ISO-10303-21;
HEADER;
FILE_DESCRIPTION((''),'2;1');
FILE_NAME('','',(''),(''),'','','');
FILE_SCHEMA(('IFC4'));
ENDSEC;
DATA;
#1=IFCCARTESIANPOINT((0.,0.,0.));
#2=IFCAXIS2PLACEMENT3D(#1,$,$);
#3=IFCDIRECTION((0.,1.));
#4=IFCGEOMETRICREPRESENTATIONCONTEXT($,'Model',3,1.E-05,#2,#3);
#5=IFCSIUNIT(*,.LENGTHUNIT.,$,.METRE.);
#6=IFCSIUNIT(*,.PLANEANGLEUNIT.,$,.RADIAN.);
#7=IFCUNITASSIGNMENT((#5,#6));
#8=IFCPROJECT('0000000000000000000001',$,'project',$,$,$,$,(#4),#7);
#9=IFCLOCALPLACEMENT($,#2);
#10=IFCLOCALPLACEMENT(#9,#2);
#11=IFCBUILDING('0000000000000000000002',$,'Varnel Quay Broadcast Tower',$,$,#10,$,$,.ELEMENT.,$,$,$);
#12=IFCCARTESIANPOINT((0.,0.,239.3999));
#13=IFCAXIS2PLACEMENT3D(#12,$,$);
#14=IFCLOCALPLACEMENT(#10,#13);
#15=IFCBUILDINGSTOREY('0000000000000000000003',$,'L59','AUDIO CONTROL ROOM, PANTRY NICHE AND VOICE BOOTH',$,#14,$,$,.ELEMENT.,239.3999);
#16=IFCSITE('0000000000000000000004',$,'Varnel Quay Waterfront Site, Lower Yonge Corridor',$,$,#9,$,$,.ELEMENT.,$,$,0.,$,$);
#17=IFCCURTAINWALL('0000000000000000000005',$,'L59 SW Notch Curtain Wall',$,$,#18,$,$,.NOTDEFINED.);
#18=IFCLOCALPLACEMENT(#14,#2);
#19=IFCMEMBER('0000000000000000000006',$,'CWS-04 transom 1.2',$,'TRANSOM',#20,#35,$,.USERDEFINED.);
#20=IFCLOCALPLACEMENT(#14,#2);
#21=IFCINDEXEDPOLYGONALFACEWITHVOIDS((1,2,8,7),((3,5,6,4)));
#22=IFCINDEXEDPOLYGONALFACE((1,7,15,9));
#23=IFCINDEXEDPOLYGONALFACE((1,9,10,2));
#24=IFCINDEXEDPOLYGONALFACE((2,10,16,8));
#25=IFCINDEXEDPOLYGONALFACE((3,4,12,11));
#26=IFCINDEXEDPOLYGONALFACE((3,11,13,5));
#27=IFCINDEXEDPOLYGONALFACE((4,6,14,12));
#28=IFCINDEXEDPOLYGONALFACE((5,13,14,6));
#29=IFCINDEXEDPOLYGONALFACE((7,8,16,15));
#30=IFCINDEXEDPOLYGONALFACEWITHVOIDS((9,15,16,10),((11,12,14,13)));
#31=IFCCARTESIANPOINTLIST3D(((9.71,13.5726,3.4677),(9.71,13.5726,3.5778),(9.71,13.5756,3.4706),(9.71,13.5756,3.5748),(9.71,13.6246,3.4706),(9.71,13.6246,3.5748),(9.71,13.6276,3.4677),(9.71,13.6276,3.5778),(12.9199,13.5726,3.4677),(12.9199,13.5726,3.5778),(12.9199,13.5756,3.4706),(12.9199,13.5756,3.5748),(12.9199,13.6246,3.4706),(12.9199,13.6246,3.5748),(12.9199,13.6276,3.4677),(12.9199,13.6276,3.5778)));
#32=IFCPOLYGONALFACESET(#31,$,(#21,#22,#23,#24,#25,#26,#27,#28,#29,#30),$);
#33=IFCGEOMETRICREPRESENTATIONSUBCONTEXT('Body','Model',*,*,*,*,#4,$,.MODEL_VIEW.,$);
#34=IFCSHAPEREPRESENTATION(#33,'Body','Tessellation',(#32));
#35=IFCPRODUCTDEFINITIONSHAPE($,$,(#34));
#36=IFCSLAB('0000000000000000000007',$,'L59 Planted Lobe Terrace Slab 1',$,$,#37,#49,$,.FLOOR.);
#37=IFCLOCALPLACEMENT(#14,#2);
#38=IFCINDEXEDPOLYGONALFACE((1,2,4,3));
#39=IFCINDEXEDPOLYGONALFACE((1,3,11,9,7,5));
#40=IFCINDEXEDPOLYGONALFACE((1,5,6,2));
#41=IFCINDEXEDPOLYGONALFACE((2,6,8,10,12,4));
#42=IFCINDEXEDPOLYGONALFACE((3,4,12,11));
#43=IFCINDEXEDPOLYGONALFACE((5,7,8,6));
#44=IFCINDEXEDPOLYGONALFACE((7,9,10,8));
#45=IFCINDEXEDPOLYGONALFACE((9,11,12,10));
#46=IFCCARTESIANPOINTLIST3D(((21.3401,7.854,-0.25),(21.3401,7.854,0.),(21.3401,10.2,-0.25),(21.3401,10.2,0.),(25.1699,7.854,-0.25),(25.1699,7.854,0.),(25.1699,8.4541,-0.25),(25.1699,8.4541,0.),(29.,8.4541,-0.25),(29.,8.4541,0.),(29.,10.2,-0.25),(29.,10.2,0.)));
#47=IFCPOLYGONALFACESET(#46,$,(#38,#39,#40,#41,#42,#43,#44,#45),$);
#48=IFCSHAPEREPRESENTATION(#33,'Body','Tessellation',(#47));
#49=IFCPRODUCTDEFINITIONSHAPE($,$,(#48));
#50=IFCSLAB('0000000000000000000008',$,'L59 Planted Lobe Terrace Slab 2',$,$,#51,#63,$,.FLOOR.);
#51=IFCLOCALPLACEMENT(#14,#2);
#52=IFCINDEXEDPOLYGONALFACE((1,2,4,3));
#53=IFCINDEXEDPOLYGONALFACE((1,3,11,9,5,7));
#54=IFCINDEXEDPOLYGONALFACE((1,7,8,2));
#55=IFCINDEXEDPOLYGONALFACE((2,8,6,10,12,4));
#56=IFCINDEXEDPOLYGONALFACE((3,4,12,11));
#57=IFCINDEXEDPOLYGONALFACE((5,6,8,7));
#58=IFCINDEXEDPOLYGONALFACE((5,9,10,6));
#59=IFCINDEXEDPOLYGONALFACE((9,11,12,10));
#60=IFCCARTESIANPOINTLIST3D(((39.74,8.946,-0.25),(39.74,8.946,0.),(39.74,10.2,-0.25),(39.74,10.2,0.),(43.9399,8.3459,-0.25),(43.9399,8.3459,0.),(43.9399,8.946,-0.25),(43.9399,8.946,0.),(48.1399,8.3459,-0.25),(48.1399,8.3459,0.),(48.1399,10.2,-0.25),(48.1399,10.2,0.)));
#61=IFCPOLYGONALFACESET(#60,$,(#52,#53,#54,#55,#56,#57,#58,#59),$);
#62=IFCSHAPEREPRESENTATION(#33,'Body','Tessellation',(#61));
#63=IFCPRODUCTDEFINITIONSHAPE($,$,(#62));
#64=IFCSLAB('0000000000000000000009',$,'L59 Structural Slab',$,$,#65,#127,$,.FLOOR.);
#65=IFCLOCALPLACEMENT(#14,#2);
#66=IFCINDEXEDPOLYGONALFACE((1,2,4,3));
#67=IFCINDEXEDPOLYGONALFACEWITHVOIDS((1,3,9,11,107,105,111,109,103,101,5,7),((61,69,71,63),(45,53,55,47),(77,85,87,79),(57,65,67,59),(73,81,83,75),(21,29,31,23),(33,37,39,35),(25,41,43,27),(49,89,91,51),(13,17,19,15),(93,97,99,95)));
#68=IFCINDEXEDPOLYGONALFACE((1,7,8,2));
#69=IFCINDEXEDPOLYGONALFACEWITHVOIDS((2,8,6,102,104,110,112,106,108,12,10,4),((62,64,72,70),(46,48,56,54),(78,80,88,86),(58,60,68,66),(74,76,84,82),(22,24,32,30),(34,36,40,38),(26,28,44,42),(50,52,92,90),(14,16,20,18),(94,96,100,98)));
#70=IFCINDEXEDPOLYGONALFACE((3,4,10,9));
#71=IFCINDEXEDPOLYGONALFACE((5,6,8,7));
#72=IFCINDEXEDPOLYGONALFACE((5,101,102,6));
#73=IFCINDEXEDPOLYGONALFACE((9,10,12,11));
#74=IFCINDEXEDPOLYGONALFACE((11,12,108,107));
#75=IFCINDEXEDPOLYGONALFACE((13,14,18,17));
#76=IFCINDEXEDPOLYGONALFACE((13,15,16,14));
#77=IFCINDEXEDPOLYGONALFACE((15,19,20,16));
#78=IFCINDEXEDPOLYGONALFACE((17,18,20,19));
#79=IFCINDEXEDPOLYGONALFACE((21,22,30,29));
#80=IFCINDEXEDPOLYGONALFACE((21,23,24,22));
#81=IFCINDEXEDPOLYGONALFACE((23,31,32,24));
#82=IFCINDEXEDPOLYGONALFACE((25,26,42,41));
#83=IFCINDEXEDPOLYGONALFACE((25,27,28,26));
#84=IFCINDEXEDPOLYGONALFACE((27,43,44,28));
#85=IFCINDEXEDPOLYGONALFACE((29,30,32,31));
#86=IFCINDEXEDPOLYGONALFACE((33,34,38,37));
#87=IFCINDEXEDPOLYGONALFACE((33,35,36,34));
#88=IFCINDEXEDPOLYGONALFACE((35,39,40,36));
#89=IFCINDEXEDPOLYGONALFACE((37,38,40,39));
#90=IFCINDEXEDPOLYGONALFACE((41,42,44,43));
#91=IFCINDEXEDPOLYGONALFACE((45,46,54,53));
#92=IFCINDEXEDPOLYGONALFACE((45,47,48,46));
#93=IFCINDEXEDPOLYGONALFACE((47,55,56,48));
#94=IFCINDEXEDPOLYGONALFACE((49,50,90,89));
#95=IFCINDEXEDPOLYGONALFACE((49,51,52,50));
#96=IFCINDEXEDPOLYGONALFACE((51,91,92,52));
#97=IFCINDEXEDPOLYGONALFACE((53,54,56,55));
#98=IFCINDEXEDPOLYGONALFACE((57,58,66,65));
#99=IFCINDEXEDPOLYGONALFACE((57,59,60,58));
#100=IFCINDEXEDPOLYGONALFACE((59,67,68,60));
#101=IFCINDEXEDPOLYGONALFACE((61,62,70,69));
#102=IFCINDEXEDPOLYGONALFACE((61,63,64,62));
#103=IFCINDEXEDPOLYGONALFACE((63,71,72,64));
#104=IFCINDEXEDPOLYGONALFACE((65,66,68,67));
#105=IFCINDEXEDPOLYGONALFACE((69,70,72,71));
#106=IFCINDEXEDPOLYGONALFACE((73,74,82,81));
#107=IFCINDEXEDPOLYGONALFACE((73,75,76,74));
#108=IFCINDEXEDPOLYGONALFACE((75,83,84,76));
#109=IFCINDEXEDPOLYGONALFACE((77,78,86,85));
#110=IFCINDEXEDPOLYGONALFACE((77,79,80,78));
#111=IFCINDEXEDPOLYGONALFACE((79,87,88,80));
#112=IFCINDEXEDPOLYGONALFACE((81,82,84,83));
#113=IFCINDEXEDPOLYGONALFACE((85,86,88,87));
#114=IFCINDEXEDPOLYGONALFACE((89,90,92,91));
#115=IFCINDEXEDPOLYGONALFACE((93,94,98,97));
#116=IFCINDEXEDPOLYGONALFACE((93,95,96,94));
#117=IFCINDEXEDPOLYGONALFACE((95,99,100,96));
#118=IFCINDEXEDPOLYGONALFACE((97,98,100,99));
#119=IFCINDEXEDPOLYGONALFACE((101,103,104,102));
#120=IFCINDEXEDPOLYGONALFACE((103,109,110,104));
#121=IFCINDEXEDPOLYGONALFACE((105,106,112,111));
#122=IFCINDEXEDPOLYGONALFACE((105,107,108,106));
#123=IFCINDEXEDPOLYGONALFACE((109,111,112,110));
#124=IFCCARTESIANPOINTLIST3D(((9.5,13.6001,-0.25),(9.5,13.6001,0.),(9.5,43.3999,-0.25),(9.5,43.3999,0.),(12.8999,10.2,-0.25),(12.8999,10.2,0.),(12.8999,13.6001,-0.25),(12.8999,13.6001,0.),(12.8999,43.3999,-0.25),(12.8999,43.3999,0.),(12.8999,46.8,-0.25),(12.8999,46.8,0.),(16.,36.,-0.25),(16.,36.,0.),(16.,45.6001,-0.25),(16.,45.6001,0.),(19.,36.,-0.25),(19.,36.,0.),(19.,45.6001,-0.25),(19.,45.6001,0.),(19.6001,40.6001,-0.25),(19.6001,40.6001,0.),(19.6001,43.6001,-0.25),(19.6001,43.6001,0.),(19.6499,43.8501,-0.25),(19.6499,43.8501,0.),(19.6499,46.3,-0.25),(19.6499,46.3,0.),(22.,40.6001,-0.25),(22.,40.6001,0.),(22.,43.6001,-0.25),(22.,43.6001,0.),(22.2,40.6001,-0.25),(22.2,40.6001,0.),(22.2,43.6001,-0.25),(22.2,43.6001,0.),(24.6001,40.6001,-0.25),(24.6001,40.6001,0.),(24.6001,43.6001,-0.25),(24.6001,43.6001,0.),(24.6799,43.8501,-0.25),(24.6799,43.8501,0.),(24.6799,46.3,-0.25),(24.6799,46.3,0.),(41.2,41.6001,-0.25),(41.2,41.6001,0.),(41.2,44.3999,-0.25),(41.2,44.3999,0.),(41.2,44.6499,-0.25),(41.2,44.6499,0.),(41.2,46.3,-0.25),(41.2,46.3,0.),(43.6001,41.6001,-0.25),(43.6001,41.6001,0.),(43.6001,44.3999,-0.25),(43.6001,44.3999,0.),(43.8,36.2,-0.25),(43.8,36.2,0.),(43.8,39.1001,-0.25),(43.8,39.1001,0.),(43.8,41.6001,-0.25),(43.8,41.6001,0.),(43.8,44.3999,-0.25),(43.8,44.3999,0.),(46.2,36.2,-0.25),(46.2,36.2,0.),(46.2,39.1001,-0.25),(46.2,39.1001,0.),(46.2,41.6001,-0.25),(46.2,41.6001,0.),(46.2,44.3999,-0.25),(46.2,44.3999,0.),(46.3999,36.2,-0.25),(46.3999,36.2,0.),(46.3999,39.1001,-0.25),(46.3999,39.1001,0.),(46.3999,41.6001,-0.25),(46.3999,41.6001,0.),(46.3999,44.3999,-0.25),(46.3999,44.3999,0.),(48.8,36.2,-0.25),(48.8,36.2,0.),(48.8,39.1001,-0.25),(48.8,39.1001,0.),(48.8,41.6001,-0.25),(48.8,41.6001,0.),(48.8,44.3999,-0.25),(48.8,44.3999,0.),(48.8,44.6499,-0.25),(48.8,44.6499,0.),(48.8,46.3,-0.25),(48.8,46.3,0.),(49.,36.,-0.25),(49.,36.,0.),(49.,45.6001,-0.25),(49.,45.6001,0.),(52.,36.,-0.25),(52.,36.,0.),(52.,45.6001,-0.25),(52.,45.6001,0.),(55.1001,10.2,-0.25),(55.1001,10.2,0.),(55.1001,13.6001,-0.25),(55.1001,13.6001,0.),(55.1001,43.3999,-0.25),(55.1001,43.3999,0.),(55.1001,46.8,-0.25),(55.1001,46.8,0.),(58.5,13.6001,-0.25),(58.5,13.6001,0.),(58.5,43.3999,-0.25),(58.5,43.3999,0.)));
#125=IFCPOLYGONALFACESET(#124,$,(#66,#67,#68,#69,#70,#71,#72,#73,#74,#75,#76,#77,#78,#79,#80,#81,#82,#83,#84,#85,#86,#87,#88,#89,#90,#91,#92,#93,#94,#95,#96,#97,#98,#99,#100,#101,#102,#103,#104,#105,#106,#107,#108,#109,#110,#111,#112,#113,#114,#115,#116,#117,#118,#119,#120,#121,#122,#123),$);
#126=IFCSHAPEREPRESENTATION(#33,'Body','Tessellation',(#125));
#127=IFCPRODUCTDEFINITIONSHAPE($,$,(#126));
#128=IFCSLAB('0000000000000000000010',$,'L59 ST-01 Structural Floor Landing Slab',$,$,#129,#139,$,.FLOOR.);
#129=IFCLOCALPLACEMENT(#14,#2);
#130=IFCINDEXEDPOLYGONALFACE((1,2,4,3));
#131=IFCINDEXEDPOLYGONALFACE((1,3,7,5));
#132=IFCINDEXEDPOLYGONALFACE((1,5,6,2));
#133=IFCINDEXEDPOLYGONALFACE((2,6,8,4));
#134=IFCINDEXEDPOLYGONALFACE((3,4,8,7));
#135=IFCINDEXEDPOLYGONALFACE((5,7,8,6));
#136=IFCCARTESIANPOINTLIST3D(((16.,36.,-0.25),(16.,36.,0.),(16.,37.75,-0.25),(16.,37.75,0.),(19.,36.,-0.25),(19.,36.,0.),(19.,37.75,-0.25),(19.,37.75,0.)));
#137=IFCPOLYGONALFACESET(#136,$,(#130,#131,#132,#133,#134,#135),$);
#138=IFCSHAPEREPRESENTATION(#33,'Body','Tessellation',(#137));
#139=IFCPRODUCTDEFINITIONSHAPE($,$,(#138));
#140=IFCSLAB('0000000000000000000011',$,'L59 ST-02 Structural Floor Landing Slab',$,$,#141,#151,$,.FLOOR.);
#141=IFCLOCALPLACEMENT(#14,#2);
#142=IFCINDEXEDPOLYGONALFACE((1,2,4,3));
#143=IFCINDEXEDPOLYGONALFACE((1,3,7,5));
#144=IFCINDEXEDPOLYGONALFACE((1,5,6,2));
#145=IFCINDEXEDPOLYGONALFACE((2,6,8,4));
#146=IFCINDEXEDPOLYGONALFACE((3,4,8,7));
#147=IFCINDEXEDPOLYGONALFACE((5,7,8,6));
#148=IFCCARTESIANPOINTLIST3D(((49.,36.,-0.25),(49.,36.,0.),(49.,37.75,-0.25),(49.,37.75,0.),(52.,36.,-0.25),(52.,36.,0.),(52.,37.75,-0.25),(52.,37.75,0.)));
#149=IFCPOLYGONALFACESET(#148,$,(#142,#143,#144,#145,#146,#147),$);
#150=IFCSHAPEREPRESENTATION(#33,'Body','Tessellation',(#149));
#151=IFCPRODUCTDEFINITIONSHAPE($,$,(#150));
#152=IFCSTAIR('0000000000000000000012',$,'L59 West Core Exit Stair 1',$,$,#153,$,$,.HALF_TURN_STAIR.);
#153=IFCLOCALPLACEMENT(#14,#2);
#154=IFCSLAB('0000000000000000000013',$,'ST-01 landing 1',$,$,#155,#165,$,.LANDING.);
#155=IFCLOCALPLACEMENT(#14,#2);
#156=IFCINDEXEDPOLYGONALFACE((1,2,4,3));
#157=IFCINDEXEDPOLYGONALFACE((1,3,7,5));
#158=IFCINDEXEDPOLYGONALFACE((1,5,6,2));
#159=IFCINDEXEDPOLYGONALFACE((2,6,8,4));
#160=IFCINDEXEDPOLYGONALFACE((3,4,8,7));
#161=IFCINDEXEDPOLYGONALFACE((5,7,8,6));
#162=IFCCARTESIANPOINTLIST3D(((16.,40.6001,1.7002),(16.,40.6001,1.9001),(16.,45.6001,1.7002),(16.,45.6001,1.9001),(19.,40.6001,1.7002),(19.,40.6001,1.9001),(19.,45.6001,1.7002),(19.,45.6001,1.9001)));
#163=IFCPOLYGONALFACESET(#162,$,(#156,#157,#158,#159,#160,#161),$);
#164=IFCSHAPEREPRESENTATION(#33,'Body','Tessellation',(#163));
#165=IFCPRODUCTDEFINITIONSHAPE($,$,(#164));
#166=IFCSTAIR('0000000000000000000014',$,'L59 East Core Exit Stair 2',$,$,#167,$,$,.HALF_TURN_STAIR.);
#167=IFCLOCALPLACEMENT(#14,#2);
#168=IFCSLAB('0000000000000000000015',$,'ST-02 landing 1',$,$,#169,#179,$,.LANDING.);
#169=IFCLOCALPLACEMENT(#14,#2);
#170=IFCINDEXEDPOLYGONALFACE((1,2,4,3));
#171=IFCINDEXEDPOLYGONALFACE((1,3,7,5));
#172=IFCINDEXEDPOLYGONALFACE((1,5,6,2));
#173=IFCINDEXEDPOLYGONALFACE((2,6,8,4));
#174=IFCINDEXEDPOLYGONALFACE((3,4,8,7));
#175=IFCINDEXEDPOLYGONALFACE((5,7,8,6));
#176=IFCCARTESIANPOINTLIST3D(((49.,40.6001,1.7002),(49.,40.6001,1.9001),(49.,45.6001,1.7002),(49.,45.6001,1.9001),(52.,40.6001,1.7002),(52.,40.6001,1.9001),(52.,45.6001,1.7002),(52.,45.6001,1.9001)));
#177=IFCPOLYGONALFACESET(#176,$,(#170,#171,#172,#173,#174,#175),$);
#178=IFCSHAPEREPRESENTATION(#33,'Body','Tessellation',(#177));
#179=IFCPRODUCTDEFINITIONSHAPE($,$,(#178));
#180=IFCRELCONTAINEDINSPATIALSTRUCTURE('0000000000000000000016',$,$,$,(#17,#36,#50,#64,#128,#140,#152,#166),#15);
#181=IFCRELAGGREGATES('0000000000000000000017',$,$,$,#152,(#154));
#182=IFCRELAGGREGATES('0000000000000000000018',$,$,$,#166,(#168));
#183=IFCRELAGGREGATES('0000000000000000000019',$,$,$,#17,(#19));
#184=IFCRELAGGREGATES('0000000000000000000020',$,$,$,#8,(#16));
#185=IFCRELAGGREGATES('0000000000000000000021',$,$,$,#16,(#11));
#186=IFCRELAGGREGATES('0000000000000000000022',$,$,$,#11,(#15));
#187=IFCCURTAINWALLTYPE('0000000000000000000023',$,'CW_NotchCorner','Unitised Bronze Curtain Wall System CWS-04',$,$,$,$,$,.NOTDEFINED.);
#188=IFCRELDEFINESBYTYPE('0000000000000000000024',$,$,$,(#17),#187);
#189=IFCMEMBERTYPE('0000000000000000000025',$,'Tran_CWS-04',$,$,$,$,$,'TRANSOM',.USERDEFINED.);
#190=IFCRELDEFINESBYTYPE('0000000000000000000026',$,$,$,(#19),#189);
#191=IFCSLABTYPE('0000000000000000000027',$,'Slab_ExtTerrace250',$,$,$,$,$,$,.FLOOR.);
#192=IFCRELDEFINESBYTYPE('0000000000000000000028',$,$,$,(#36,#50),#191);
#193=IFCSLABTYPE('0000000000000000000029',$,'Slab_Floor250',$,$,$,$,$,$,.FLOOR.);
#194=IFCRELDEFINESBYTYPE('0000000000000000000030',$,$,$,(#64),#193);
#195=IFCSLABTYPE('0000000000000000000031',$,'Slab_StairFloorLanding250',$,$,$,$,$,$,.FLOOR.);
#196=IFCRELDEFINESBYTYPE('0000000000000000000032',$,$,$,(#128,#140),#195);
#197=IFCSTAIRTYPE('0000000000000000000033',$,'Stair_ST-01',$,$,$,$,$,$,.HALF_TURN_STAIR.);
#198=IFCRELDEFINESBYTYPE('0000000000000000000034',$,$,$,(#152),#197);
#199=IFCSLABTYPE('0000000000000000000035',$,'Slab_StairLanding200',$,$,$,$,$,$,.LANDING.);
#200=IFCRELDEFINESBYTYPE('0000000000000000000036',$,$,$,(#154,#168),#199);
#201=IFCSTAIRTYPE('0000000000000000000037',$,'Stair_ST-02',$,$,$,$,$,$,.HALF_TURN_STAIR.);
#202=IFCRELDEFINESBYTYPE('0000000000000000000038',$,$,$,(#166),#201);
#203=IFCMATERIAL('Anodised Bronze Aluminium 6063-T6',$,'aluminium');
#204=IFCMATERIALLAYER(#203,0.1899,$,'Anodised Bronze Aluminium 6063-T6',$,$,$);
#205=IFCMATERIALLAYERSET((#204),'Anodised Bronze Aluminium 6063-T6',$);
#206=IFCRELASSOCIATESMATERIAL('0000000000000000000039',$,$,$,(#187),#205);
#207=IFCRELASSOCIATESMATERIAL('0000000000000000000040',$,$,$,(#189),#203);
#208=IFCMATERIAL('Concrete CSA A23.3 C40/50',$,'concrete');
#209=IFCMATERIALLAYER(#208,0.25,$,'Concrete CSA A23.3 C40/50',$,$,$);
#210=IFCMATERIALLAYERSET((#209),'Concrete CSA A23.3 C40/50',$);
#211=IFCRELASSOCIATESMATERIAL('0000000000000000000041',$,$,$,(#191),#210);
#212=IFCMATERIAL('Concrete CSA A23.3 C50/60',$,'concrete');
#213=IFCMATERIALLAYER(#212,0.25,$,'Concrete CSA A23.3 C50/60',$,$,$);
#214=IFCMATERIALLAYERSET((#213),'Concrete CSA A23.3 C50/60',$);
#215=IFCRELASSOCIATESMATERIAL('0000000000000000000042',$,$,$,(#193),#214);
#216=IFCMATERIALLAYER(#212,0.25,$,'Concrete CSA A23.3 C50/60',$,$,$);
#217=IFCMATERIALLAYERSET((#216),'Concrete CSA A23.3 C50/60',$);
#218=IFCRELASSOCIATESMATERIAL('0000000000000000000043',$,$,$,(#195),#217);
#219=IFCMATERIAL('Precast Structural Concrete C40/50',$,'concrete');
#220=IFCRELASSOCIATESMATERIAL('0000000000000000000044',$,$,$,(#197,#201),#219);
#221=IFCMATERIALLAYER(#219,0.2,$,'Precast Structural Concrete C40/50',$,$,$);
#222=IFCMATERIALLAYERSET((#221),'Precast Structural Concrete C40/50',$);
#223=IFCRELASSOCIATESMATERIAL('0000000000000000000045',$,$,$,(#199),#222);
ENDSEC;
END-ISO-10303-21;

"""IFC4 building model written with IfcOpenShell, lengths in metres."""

from ifc_helpers import new_model, si_unit, direction, frame, origin, origin_2d, place, context, subcontext, project, spatial, polyline, hollow_rectangle, outline, extrude, source, transform, mapped, material, layer, layer_set, material_profile, profile_set, type_object, type_shapes, element, aggregate, save


model = new_model("IFC4")

# Units and contexts
model_context = context("Model", 3, precision=1e-05, world=origin(), true_north=direction((0.0, 1.0)))
body_context = subcontext(model_context, "Body", "Model", "MODEL_VIEW")
ifc_project = project(units=[si_unit("LENGTHUNIT", "METRE"), si_unit("PLANEANGLEUNIT", "RADIAN")], contexts=[model_context])

# Site, building, storey
site_placement = place(None, origin())
site = spatial("IfcSite", under=ifc_project, at=site_placement, Name="Varnel Quay Waterfront Site, Lower Yonge Corridor", CompositionType="ELEMENT", RefElevation=0.0)
building_placement = place(site_placement, origin())
building = spatial("IfcBuilding", under=site, at=building_placement, Name="Varnel Quay Broadcast Tower", CompositionType="ELEMENT")
storey_placement = place(building_placement, frame((0.0, 0.0, 239.3999)))
storey = spatial("IfcBuildingStorey", under=building, at=storey_placement, Name="L59", Description="AUDIO CONTROL ROOM, PANTRY NICHE AND VOICE BOOTH", CompositionType="ELEMENT", Elevation=239.3999)

# Curtain wall
ifc_material_1 = material(Name="Anodised Bronze Aluminium 6063-T6", Category="aluminium")
ifc_layer_1 = layer(ifc_material_1, 0.1899, Name="Anodised Bronze Aluminium 6063-T6")
ifc_layer_set_1 = layer_set([ifc_layer_1], Name="Anodised Bronze Aluminium 6063-T6")
curtain_wall_type_1 = type_object("IfcCurtainWallType", Name="CW_NotchCorner", Description="Unitised Bronze Curtain Wall System CWS-04", PredefinedType="NOTDEFINED", material=ifc_layer_set_1)
curtain_wall_1_placement = place(storey_placement, origin())
curtain_wall_1 = element("IfcCurtainWall", 1, at=curtain_wall_1_placement, inside=storey, type_object=curtain_wall_type_1, Name="L59 SW Notch Curtain Wall", PredefinedType="NOTDEFINED")

# Member
ifc_material_profile_1 = material_profile(ifc_material_1, hollow_rectangle(XDim=0.0549, YDim=0.1101, WallThickness=0.0029, at=origin_2d()), Name="ALU55X110X3")
ifc_profile_set_1 = profile_set([ifc_material_profile_1], Name="Anodised Bronze Aluminium 6063-T6")
member_type_1 = type_object("IfcMemberType", Name="Tran_CWS-04", ElementType="TRANSOM", PredefinedType="USERDEFINED", material=ifc_profile_set_1)
shared_shape_1 = source(origin(), body_context, "Body", "SweptSolid", [
    extrude(hollow_rectangle(XDim=0.0549, YDim=0.1101, WallThickness=0.0029, at=origin_2d()), origin(), (0.0, 0.0, 1.0), 3.21),
])
type_shapes(member_type_1, [shared_shape_1])
member_1_placement = place(storey_placement, frame((9.71, 13.6001, 3.5227), z_axis=(1.0, 0.0, 0.0), x_axis=(0.0, 1.0, 0.0)))
member_1 = element("IfcMember", 2, at=member_1_placement, type_object=member_type_1, Name="CWS-04 transom 1.2", ObjectType="TRANSOM", PredefinedType="USERDEFINED", context=body_context, shape_type="MappedRepresentation", body=[
    mapped(shared_shape_1, transform((0.0, 0.0, 0.0), x_axis=(1.0, 0.0, 0.0), y_axis=(0.0, 1.0, 0.0), z_axis=(0.0, 0.0, 1.0), scale=1.0)),
])

# Slabs
ifc_material_2 = material(Name="Concrete CSA A23.3 C40/50", Category="concrete")
ifc_layer_2 = layer(ifc_material_2, 0.25, Name="Concrete CSA A23.3 C40/50")
ifc_layer_set_2 = layer_set([ifc_layer_2], Name="Concrete CSA A23.3 C40/50")
slab_type_1 = type_object("IfcSlabType", Name="Slab_ExtTerrace250", PredefinedType="FLOOR", material=ifc_layer_set_2)
slab_1_placement = place(storey_placement, frame((0.0, 0.0, -0.25)))
element("IfcSlab", 3, at=slab_1_placement, inside=storey, type_object=slab_type_1, Name="L59 Planted Lobe Terrace Slab 1", PredefinedType="FLOOR", context=body_context, shape_type="SweptSolid", body=[
    extrude(outline(polyline([(21.3401, 7.854), (25.1699, 7.854), (25.1699, 8.4541), (29.0, 8.4541), (29.0, 10.2), (21.3401, 10.2), (21.3401, 7.854)])), origin(), (0.0, 0.0, 1.0), 0.25),
])
slab_2_placement = place(storey_placement, frame((0.0, 0.0, -0.25)))
element("IfcSlab", 4, at=slab_2_placement, inside=storey, type_object=slab_type_1, Name="L59 Planted Lobe Terrace Slab 2", PredefinedType="FLOOR", context=body_context, shape_type="SweptSolid", body=[
    extrude(outline(polyline([(39.74, 8.946), (43.9399, 8.946), (43.9399, 8.3459), (48.1399, 8.3459), (48.1399, 10.2), (39.74, 10.2), (39.74, 8.946)])), origin(), (0.0, 0.0, 1.0), 0.25),
])
ifc_material_3 = material(Name="Concrete CSA A23.3 C50/60", Category="concrete")
ifc_layer_3 = layer(ifc_material_3, 0.25, Name="Concrete CSA A23.3 C50/60")
ifc_layer_set_3 = layer_set([ifc_layer_3], Name="Concrete CSA A23.3 C50/60")
slab_type_2 = type_object("IfcSlabType", Name="Slab_Floor250", PredefinedType="FLOOR", material=ifc_layer_set_3)
slab_3_placement = place(storey_placement, frame((0.0, 0.0, -0.25)))
element("IfcSlab", 5, at=slab_3_placement, inside=storey, type_object=slab_type_2, Name="L59 Structural Slab", PredefinedType="FLOOR", context=body_context, shape_type="SweptSolid", body=[
    extrude(outline(polyline([(12.8999, 10.2), (55.1001, 10.2), (55.1001, 13.6001), (58.5, 13.6001), (58.5, 43.3999), (55.1001, 43.3999), (55.1001, 46.8), (12.8999, 46.8), (12.8999, 43.3999), (9.5, 43.3999), (9.5, 13.6001), (12.8999, 13.6001), (12.8999, 10.2)]), holes=[polyline([(19.0, 36.0), (16.0, 36.0), (16.0, 45.6001), (19.0, 45.6001), (19.0, 36.0)]), polyline([(19.6001, 40.6001), (19.6001, 43.6001), (22.0, 43.6001), (22.0, 40.6001), (19.6001, 40.6001)]), polyline([(22.2, 40.6001), (22.2, 43.6001), (24.6001, 43.6001), (24.6001, 40.6001), (22.2, 40.6001)]), polyline([(41.2, 44.3999), (43.6001, 44.3999), (43.6001, 41.6001), (41.2, 41.6001), (41.2, 44.3999)]), polyline([(43.8, 44.3999), (46.2, 44.3999), (46.2, 41.6001), (43.8, 41.6001), (43.8, 44.3999)]), polyline([(19.6499, 43.8501), (19.6499, 46.3), (24.6799, 46.3), (24.6799, 43.8501), (19.6499, 43.8501)]), polyline([(43.8, 39.1001), (46.2, 39.1001), (46.2, 36.2), (43.8, 36.2), (43.8, 39.1001)]), polyline([(46.3999, 39.1001), (48.8, 39.1001), (48.8, 36.2), (46.3999, 36.2), (46.3999, 39.1001)]), polyline([(52.0, 36.0), (49.0, 36.0), (49.0, 45.6001), (52.0, 45.6001), (52.0, 36.0)]), polyline([(46.3999, 44.3999), (48.8, 44.3999), (48.8, 41.6001), (46.3999, 41.6001), (46.3999, 44.3999)]), polyline([(41.2, 46.3), (48.8, 46.3), (48.8, 44.6499), (41.2, 44.6499), (41.2, 46.3)])]), origin(), (0.0, 0.0, 1.0), 0.25),
])
ifc_layer_4 = layer(ifc_material_3, 0.25, Name="Concrete CSA A23.3 C50/60")
ifc_layer_set_4 = layer_set([ifc_layer_4], Name="Concrete CSA A23.3 C50/60")
slab_type_3 = type_object("IfcSlabType", Name="Slab_StairFloorLanding250", PredefinedType="FLOOR", material=ifc_layer_set_4)
slab_4_placement = place(storey_placement, frame((0.0, 0.0, -0.25)))
element("IfcSlab", 6, at=slab_4_placement, inside=storey, type_object=slab_type_3, Name="L59 ST-01 Structural Floor Landing Slab", PredefinedType="FLOOR", context=body_context, shape_type="SweptSolid", body=[
    extrude(outline(polyline([(19.0, 36.0), (19.0, 37.75), (16.0, 37.75), (16.0, 36.0), (19.0, 36.0)])), origin(), (0.0, 0.0, 1.0), 0.25),
])
slab_5_placement = place(storey_placement, frame((0.0, 0.0, -0.25)))
element("IfcSlab", 7, at=slab_5_placement, inside=storey, type_object=slab_type_3, Name="L59 ST-02 Structural Floor Landing Slab", PredefinedType="FLOOR", context=body_context, shape_type="SweptSolid", body=[
    extrude(outline(polyline([(52.0, 36.0), (52.0, 37.75), (49.0, 37.75), (49.0, 36.0), (52.0, 36.0)])), origin(), (0.0, 0.0, 1.0), 0.25),
])

# Stairs, slabs
ifc_material_4 = material(Name="Precast Structural Concrete C40/50", Category="concrete")
stair_type_1 = type_object("IfcStairType", Name="Stair_ST-01", PredefinedType="HALF_TURN_STAIR", material=ifc_material_4)
stair_1_placement = place(storey_placement, origin())
stair_1 = element("IfcStair", 8, at=stair_1_placement, inside=storey, type_object=stair_type_1, Name="L59 West Core Exit Stair 1", PredefinedType="HALF_TURN_STAIR")
ifc_layer_5 = layer(ifc_material_4, 0.2, Name="Precast Structural Concrete C40/50")
ifc_layer_set_5 = layer_set([ifc_layer_5], Name="Precast Structural Concrete C40/50")
slab_type_4 = type_object("IfcSlabType", Name="Slab_StairLanding200", PredefinedType="LANDING", material=ifc_layer_set_5)
slab_6_placement = place(storey_placement, frame((0.0, 0.0, 1.7002)))
slab_6 = element("IfcSlab", 9, at=slab_6_placement, type_object=slab_type_4, Name="ST-01 landing 1", PredefinedType="LANDING", context=body_context, shape_type="SweptSolid", body=[
    extrude(outline(polyline([(19.0, 40.6001), (19.0, 45.6001), (16.0, 45.6001), (16.0, 40.6001), (19.0, 40.6001)])), origin(), (0.0, 0.0, 1.0), 0.2),
])
aggregate(stair_1, [slab_6])
stair_type_2 = type_object("IfcStairType", Name="Stair_ST-02", PredefinedType="HALF_TURN_STAIR", material=ifc_material_4)
stair_2_placement = place(storey_placement, origin())
stair_2 = element("IfcStair", 10, at=stair_2_placement, inside=storey, type_object=stair_type_2, Name="L59 East Core Exit Stair 2", PredefinedType="HALF_TURN_STAIR")
slab_7_placement = place(storey_placement, frame((0.0, 0.0, 1.7002)))
slab_7 = element("IfcSlab", 11, at=slab_7_placement, type_object=slab_type_4, Name="ST-02 landing 1", PredefinedType="LANDING", context=body_context, shape_type="SweptSolid", body=[
    extrude(outline(polyline([(52.0, 40.6001), (52.0, 45.6001), (49.0, 45.6001), (49.0, 40.6001), (52.0, 40.6001)])), origin(), (0.0, 0.0, 1.0), 0.2),
])
aggregate(stair_2, [slab_7])

aggregate(curtain_wall_1, [member_1])

save(model, "model.ifc")
